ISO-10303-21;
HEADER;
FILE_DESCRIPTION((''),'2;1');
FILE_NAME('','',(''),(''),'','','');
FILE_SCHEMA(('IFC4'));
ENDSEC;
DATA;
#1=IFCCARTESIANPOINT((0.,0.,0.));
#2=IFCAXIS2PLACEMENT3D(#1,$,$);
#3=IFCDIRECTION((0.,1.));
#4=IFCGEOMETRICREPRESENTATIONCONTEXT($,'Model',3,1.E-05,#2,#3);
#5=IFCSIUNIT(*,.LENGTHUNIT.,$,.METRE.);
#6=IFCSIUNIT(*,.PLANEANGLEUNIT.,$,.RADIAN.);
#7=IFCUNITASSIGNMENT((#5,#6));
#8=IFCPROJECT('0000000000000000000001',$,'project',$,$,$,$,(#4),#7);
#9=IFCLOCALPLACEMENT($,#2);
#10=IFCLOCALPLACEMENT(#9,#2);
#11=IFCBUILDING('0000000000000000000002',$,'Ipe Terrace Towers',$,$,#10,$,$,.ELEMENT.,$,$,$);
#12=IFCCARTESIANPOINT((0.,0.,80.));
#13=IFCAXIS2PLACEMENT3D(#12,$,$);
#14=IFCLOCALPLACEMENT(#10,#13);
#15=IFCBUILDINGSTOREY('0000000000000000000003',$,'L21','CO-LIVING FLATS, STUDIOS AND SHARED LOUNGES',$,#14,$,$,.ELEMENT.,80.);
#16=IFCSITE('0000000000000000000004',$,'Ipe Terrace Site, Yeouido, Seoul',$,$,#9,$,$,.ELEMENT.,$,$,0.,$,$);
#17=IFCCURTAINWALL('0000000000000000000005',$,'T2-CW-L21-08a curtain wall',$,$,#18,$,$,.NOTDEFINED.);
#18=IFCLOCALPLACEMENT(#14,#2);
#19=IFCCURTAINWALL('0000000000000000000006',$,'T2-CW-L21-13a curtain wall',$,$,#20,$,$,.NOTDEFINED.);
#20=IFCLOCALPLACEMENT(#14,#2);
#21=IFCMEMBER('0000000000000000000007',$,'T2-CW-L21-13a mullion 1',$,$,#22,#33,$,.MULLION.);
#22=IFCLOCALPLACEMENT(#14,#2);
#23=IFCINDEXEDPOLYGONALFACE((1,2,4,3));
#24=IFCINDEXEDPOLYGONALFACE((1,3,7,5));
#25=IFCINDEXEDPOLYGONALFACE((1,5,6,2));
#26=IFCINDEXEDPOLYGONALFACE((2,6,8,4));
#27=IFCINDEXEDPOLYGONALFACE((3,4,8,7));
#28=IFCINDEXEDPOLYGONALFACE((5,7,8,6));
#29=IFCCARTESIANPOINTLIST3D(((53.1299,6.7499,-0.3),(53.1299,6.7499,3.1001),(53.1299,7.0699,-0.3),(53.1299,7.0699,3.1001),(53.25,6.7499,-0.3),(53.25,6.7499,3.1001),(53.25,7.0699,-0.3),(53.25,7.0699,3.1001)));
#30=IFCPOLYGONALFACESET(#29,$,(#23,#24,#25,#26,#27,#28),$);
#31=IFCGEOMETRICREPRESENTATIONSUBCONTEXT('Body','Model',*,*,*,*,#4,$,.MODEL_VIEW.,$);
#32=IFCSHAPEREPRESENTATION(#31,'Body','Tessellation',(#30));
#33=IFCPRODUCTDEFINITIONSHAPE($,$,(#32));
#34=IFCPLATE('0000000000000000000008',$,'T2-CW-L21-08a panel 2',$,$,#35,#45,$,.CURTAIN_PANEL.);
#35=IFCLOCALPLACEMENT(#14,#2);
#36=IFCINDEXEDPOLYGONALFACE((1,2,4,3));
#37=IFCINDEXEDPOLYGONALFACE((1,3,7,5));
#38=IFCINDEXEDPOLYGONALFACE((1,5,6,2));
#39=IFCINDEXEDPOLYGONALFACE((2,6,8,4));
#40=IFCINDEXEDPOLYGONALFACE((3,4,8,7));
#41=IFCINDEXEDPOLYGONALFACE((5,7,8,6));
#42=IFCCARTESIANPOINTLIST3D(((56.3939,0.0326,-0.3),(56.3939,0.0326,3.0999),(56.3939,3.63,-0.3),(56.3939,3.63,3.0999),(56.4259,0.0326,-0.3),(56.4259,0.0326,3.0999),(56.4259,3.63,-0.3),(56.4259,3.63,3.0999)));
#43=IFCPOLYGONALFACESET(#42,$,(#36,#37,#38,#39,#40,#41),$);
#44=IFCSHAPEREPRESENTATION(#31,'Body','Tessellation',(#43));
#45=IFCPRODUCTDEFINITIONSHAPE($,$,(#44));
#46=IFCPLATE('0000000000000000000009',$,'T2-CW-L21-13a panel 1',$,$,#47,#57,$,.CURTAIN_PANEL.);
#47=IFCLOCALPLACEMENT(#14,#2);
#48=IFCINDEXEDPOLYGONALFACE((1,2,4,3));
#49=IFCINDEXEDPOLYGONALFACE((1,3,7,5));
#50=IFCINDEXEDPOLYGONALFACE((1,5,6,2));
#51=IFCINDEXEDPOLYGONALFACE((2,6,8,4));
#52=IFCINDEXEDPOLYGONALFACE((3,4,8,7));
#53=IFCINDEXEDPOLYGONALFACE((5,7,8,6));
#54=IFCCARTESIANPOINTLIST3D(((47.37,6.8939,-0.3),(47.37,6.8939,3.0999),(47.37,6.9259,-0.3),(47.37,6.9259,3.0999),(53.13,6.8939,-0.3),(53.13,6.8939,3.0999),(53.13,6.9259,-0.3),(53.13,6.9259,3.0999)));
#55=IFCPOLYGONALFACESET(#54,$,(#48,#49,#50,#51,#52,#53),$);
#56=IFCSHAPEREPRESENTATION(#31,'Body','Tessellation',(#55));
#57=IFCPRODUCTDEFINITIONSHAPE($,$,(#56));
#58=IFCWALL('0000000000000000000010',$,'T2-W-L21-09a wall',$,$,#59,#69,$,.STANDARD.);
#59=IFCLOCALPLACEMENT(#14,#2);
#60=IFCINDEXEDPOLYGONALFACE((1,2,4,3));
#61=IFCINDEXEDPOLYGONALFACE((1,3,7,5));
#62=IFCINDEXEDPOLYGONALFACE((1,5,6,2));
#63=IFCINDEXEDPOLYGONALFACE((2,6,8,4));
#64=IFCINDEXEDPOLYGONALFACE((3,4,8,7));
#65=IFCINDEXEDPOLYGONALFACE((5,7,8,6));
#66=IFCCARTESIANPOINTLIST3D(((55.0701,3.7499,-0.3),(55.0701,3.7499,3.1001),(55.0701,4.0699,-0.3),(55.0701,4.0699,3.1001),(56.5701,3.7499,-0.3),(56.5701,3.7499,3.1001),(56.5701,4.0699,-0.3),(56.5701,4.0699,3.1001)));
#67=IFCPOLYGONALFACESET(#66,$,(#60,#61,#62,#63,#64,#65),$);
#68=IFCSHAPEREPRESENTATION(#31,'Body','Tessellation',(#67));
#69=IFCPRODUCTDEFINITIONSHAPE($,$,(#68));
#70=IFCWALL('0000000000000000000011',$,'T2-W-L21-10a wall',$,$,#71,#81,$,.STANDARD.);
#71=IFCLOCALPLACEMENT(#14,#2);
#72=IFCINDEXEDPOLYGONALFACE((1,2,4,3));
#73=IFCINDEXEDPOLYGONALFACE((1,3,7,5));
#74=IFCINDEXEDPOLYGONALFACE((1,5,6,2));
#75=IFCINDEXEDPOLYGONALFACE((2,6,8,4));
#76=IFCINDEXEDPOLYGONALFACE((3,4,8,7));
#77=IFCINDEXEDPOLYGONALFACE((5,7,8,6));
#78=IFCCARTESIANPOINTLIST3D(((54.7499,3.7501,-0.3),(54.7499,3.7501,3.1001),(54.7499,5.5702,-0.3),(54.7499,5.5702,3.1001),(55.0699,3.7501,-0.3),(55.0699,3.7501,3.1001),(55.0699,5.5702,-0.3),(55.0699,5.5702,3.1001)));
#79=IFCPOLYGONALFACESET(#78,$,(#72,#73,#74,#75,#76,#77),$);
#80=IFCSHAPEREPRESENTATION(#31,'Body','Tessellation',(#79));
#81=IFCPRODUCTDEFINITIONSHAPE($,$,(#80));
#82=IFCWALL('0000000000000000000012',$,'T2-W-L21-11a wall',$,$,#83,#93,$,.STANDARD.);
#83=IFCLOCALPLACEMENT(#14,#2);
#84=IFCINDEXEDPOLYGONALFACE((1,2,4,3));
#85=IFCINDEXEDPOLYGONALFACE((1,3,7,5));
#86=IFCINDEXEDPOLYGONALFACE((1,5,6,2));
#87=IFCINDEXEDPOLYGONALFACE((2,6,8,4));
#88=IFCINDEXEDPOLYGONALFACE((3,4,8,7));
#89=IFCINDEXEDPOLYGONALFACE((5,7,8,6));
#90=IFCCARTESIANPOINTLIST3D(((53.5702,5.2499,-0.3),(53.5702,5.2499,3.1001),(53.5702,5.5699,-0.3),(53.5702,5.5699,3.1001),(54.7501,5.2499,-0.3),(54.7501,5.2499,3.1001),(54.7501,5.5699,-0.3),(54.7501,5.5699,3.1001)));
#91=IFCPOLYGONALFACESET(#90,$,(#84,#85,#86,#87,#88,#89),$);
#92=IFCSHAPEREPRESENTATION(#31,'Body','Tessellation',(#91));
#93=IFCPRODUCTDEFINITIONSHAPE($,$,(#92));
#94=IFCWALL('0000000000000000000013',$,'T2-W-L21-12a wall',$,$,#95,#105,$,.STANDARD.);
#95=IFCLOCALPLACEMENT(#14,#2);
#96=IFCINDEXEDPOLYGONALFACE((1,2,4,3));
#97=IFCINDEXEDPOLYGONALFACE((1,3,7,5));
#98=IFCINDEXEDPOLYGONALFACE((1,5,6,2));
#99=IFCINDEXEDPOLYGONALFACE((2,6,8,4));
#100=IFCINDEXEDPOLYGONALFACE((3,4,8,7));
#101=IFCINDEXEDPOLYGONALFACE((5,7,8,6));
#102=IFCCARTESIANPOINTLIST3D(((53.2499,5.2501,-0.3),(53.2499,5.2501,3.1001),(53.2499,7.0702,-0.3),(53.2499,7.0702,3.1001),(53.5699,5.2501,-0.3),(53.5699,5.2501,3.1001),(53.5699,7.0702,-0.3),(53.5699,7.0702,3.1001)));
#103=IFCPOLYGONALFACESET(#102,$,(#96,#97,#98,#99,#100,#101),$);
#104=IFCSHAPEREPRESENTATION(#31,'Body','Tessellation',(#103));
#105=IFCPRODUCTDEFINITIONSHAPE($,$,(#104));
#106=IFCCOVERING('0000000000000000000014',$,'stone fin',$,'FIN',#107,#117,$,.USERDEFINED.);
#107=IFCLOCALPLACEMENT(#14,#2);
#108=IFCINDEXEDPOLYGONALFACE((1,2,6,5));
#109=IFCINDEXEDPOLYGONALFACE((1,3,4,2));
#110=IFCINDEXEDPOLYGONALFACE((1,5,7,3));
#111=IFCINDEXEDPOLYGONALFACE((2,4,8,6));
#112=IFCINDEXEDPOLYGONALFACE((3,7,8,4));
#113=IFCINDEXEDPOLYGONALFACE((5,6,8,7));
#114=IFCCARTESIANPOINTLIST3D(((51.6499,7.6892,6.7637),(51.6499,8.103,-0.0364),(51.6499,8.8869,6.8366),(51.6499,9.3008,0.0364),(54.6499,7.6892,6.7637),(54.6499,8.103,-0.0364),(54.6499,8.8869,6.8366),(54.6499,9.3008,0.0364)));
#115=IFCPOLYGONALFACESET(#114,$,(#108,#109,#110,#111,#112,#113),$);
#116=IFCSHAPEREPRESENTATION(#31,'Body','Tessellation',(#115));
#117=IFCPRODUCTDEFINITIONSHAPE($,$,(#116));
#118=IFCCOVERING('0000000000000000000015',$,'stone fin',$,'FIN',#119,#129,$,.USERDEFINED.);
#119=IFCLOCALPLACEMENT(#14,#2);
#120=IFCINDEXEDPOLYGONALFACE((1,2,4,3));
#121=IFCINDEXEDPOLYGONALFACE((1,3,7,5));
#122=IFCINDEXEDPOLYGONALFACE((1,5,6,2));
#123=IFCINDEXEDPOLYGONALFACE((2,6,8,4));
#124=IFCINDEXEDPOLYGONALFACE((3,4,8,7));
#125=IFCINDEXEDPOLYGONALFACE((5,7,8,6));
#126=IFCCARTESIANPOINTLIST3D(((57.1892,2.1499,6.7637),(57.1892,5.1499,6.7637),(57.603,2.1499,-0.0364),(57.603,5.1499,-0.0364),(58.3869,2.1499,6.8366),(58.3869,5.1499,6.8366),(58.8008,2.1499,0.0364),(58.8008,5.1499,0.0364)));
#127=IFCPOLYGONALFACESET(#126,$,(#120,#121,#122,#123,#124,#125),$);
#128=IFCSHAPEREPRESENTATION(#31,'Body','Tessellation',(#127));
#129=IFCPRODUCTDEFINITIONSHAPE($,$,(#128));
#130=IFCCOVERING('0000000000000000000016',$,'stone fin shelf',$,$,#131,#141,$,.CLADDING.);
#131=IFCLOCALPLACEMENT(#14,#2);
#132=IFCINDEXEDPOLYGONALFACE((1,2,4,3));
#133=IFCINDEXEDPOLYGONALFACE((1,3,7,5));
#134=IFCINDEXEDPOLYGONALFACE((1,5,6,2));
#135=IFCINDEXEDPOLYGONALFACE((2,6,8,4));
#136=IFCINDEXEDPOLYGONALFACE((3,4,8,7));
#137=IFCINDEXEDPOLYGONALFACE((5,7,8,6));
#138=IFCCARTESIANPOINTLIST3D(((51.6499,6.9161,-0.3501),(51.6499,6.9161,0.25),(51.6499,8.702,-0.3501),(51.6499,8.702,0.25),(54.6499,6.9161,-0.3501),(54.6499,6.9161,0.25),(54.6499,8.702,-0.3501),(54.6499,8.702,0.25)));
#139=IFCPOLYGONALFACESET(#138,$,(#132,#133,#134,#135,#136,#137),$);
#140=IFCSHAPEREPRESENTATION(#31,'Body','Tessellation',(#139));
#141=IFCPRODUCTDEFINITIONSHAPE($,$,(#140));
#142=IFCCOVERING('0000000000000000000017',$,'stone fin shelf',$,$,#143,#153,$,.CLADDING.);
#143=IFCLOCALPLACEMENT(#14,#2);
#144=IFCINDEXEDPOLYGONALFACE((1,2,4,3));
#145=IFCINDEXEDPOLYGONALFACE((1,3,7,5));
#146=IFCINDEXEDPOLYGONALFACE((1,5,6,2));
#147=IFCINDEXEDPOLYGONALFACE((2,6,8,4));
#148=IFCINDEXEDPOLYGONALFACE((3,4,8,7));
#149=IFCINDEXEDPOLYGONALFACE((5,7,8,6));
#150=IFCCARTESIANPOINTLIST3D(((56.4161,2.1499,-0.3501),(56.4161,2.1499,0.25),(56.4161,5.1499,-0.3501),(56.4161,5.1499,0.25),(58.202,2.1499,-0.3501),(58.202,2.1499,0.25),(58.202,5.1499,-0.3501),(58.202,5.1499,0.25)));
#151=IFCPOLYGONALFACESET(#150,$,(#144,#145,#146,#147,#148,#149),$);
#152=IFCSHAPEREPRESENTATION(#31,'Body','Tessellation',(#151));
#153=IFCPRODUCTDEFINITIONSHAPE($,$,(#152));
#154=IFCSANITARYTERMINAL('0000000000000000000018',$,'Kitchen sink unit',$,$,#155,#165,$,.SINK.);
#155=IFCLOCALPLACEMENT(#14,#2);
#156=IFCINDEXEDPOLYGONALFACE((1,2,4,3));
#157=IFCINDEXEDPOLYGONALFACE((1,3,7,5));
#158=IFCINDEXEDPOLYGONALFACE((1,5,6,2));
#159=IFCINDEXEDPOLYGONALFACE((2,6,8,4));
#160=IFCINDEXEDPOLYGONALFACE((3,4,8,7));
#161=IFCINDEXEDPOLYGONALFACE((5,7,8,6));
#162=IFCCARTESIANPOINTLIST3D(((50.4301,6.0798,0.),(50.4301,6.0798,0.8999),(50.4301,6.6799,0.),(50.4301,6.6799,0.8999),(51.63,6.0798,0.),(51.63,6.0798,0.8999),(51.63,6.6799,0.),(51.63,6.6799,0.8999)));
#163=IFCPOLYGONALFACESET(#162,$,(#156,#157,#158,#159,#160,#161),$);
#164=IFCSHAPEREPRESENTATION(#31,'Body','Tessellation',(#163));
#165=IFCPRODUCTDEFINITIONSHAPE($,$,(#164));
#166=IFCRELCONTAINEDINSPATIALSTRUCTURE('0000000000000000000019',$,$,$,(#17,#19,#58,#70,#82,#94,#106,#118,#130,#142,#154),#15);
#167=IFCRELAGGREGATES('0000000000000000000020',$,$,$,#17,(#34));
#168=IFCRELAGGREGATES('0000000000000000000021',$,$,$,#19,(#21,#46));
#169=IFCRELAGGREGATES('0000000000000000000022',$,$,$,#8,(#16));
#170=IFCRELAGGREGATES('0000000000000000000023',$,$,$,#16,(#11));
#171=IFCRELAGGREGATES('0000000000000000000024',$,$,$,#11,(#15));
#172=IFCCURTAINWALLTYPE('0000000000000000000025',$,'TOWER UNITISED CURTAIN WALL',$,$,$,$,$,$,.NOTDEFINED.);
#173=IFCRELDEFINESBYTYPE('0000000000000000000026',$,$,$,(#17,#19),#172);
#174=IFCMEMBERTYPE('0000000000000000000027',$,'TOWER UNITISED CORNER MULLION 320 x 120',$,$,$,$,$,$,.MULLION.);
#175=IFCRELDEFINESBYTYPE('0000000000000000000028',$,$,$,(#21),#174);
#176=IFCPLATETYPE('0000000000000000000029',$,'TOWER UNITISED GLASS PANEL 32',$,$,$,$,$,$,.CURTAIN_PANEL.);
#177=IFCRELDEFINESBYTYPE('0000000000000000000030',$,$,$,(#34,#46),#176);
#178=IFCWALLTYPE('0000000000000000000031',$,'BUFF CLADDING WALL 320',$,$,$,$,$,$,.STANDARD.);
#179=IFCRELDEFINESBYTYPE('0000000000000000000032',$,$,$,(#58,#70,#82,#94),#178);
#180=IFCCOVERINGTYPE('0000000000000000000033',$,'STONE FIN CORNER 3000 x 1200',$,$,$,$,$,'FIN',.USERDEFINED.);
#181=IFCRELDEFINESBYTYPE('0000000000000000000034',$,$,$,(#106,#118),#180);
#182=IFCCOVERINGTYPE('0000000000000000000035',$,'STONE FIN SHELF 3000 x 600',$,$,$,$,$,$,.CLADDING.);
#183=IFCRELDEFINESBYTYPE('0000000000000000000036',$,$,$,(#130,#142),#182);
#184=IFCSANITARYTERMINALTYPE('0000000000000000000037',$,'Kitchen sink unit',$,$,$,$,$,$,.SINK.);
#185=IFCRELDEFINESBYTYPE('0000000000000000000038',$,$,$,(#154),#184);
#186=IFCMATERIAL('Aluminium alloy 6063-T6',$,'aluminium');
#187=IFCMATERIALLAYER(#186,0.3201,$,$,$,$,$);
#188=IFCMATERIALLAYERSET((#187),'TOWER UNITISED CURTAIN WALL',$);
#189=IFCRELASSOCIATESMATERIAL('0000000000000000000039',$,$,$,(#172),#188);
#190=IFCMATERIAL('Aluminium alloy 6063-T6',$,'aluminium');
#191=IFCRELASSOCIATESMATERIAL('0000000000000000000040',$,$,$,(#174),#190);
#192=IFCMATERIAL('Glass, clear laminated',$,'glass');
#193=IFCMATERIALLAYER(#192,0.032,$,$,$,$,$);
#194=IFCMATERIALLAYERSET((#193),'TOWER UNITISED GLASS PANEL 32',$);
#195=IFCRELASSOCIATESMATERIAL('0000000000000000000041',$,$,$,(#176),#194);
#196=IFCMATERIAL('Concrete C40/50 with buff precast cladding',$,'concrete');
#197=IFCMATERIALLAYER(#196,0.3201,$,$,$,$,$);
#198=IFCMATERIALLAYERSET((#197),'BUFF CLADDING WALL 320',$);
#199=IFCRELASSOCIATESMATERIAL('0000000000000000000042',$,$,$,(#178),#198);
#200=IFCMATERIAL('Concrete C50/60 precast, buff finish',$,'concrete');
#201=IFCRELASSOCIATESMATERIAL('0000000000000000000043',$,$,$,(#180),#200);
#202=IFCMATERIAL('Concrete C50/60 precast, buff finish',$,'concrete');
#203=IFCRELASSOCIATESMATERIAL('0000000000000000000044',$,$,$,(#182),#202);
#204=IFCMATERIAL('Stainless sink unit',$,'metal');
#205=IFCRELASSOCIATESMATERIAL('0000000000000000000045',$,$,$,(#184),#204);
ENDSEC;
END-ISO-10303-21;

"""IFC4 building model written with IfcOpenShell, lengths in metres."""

from ifc_helpers import new_model, si_unit, direction, frame, frame_2d, origin, origin_2d, place, context, subcontext, project, spatial, rectangle, extrude, material, layer, layer_set, material_profile, profile_set, type_object, element, aggregate, save


model = new_model("IFC4")

# Units and contexts
model_context = context("Model", 3, precision=1e-05, world=origin(), true_north=direction((0.0, 1.0)))
body_context = subcontext(model_context, "Body", "Model", "MODEL_VIEW")
ifc_project = project(units=[si_unit("LENGTHUNIT", "METRE"), si_unit("PLANEANGLEUNIT", "RADIAN")], contexts=[model_context])

# Site, building, storey
site_placement = place(None, origin())
site = spatial("IfcSite", under=ifc_project, at=site_placement, Name="Ipe Terrace Site, Yeouido, Seoul", CompositionType="ELEMENT", RefElevation=0.0)
building_placement = place(site_placement, origin())
building = spatial("IfcBuilding", under=site, at=building_placement, Name="Ipe Terrace Towers", CompositionType="ELEMENT")
storey_placement = place(building_placement, frame((0.0, 0.0, 80.0)))
storey = spatial("IfcBuildingStorey", under=building, at=storey_placement, Name="L21", Description="CO-LIVING FLATS, STUDIOS AND SHARED LOUNGES", CompositionType="ELEMENT", Elevation=80.0)

# Curtain walls, member
ifc_material_1 = material(Name="Aluminium alloy 6063-T6", Category="aluminium")
ifc_layer_1 = layer(ifc_material_1, 0.3201)
ifc_layer_set_1 = layer_set([ifc_layer_1], Name="TOWER UNITISED CURTAIN WALL")
curtain_wall_type = type_object("IfcCurtainWallType", Name="TOWER UNITISED CURTAIN WALL", PredefinedType="NOTDEFINED", material=ifc_layer_set_1)
curtain_wall_1_placement = place(storey_placement, origin())
curtain_wall_1 = element("IfcCurtainWall", 1, at=curtain_wall_1_placement, inside=storey, type_object=curtain_wall_type, Name="T2-CW-L21-08a curtain wall", PredefinedType="NOTDEFINED")
ifc_material_2 = material(Name="Aluminium alloy 6063-T6", Category="aluminium")
ifc_material_profile_1 = material_profile(ifc_material_2, rectangle(XDim=0.3201, YDim=0.1201, at=origin_2d()), Name="TOWER UNITISED CORNER MULLION 320 x 120")
ifc_profile_set_1 = profile_set([ifc_material_profile_1], Name="Aluminium alloy 6063-T6")
member_type = type_object("IfcMemberType", Name="TOWER UNITISED CORNER MULLION 320 x 120", PredefinedType="MULLION", material=ifc_profile_set_1)
curtain_wall_2_placement = place(storey_placement, origin())
curtain_wall_2 = element("IfcCurtainWall", 2, at=curtain_wall_2_placement, inside=storey, type_object=curtain_wall_type, Name="T2-CW-L21-13a curtain wall", PredefinedType="NOTDEFINED")
member_1_placement = place(storey_placement, frame((53.1899, 6.9099, -0.3), z_axis=(0.0, 0.0, 1.0), x_axis=(0.0, 1.0, 0.0)))
member_1 = element("IfcMember", 3, at=member_1_placement, type_object=member_type, Name="T2-CW-L21-13a mullion 1", PredefinedType="MULLION", context=body_context, shape_type="SweptSolid", body=[
    extrude(rectangle(XDim=0.3201, YDim=0.1201, at=origin_2d()), origin(), (0.0, 0.0, 1.0), 3.4001),
])

# Plates
ifc_material_3 = material(Name="Glass, clear laminated", Category="glass")
ifc_layer_2 = layer(ifc_material_3, 0.032)
ifc_layer_set_2 = layer_set([ifc_layer_2], Name="TOWER UNITISED GLASS PANEL 32")
plate_type = type_object("IfcPlateType", Name="TOWER UNITISED GLASS PANEL 32", PredefinedType="CURTAIN_PANEL", material=ifc_layer_set_2)
plate_1_placement = place(storey_placement, frame((56.4099, 1.8313, -0.3), z_axis=(0.0, 0.0, 1.0), x_axis=(0.0, 1.0, 0.0)))
plate_1 = element("IfcPlate", 4, at=plate_1_placement, type_object=plate_type, Name="T2-CW-L21-08a panel 2", PredefinedType="CURTAIN_PANEL", context=body_context, shape_type="SweptSolid", body=[
    extrude(rectangle(XDim=3.5974, YDim=0.032, at=origin_2d()), origin(), (0.0, 0.0, 1.0), 3.3999),
])
aggregate(curtain_wall_1, [plate_1])
plate_2_placement = place(storey_placement, frame((50.25, 6.9099, -0.3), z_axis=(0.0, 0.0, 1.0), x_axis=(-1.0, 0.0, 0.0)))
plate_2 = element("IfcPlate", 5, at=plate_2_placement, type_object=plate_type, Name="T2-CW-L21-13a panel 1", PredefinedType="CURTAIN_PANEL", context=body_context, shape_type="SweptSolid", body=[
    extrude(rectangle(XDim=5.76, YDim=0.032, at=origin_2d()), origin(), (0.0, 0.0, 1.0), 3.3999),
])
aggregate(curtain_wall_2, [member_1, plate_2])

# Walls
ifc_material_4 = material(Name="Concrete C40/50 with buff precast cladding", Category="concrete")
ifc_layer_3 = layer(ifc_material_4, 0.3201)
ifc_layer_set_3 = layer_set([ifc_layer_3], Name="BUFF CLADDING WALL 320")
wall_type = type_object("IfcWallType", Name="BUFF CLADDING WALL 320", PredefinedType="STANDARD", material=ifc_layer_set_3)
wall_1_placement = place(storey_placement, frame((56.5701, 3.9099, -0.3), z_axis=(0.0, 0.0, 1.0), x_axis=(-1.0, 0.0, 0.0)))
element("IfcWall", 6, at=wall_1_placement, inside=storey, type_object=wall_type, Name="T2-W-L21-09a wall", PredefinedType="STANDARD", context=body_context, shape_type="SweptSolid", body=[
    extrude(rectangle(XDim=1.5, YDim=0.3201, at=frame_2d((0.75, 0.0))), origin(), (0.0, 0.0, 1.0), 3.4001),
])
wall_2_placement = place(storey_placement, frame((54.9099, 3.75, -0.3), z_axis=(0.0, 0.0, 1.0), x_axis=(0.0, 1.0, 0.0)))
element("IfcWall", 7, at=wall_2_placement, inside=storey, type_object=wall_type, Name="T2-W-L21-10a wall", PredefinedType="STANDARD", context=body_context, shape_type="SweptSolid", body=[
    extrude(rectangle(XDim=1.8201, YDim=0.3201, at=frame_2d((0.9102, 0.0))), origin(), (0.0, 0.0, 1.0), 3.4001),
])
wall_3_placement = place(storey_placement, frame((54.75, 5.4099, -0.3), z_axis=(0.0, 0.0, 1.0), x_axis=(-1.0, 0.0, 0.0)))
element("IfcWall", 8, at=wall_3_placement, inside=storey, type_object=wall_type, Name="T2-W-L21-11a wall", PredefinedType="STANDARD", context=body_context, shape_type="SweptSolid", body=[
    extrude(rectangle(XDim=1.1799, YDim=0.3201, at=frame_2d((0.5898, 0.0))), origin(), (0.0, 0.0, 1.0), 3.4001),
])
wall_4_placement = place(storey_placement, frame((53.4099, 5.25, -0.3), z_axis=(0.0, 0.0, 1.0), x_axis=(0.0, 1.0, 0.0)))
element("IfcWall", 9, at=wall_4_placement, inside=storey, type_object=wall_type, Name="T2-W-L21-12a wall", PredefinedType="STANDARD", context=body_context, shape_type="SweptSolid", body=[
    extrude(rectangle(XDim=1.8201, YDim=0.3201, at=frame_2d((0.9102, 0.0))), origin(), (0.0, 0.0, 1.0), 3.4001),
])

# Coverings
ifc_material_5 = material(Name="Concrete C50/60 precast, buff finish", Category="concrete")
ifc_material_profile_2 = material_profile(ifc_material_5, rectangle(XDim=3.0, YDim=1.2, at=origin_2d()), Name="STONE FIN CORNER 3000 x 1200")
ifc_profile_set_2 = profile_set([ifc_material_profile_2], Name="Concrete C50/60 precast, buff finish")
covering_type_1 = type_object("IfcCoveringType", Name="STONE FIN CORNER 3000 x 1200", ElementType="FIN", PredefinedType="USERDEFINED", material=ifc_profile_set_2)
for number, where, z_axis, x_axis, name in (
    (10, (53.1499, 8.7019, 0.0), (0.0, -0.060743, 0.998153), (-1.0, 0.0, 0.0), "stone fin"),
    (11, (58.2019, 3.6499, 0.0), (-0.060743, 0.0, 0.998153), (0.0, 1.0, 0.0), "stone fin"),
):
    element("IfcCovering", number, at=place(storey_placement, frame(where, z_axis=z_axis, x_axis=x_axis)), inside=storey, type_object=covering_type_1, Name=name, ObjectType="FIN", PredefinedType="USERDEFINED", context=body_context, shape_type="SweptSolid", body=[
        extrude(rectangle(XDim=3.0, YDim=1.2, at=origin_2d()), origin(), (0.0, 0.0, 1.0), 6.8127),
    ])
ifc_material_6 = material(Name="Concrete C50/60 precast, buff finish", Category="concrete")
covering_type_2 = type_object("IfcCoveringType", Name="STONE FIN SHELF 3000 x 600", PredefinedType="CLADDING", material=ifc_material_6)
for number, where, z_axis, x_axis, name in (
    (12, (53.1499, 7.8091, -0.3501), (0.0, 0.0, 1.0), (-1.0, 0.0, 0.0), "stone fin shelf"),
    (13, (57.3091, 3.6499, -0.3501), (0.0, 0.0, 1.0), (0.0, 1.0, 0.0), "stone fin shelf"),
):
    element("IfcCovering", number, at=place(storey_placement, frame(where, z_axis=z_axis, x_axis=x_axis)), inside=storey, type_object=covering_type_2, Name=name, PredefinedType="CLADDING", context=body_context, shape_type="SweptSolid", body=[
        extrude(rectangle(XDim=3.0, YDim=1.7859, at=origin_2d()), origin(), (0.0, 0.0, 1.0), 0.6001),
    ])

# Sanitary terminal
ifc_material_7 = material(Name="Stainless sink unit", Category="metal")
sanitary_terminal_type = type_object("IfcSanitaryTerminalType", Name="Kitchen sink unit", PredefinedType="SINK", material=ifc_material_7)
sanitary_terminal_placement = place(storey_placement, frame((51.03, 6.3799, 0.0), z_axis=(0.0, 0.0, 1.0), x_axis=(1.0, 0.0, 0.0)))
element("IfcSanitaryTerminal", 14, at=sanitary_terminal_placement, inside=storey, type_object=sanitary_terminal_type, Name="Kitchen sink unit", PredefinedType="SINK", context=body_context, shape_type="SweptSolid", body=[
    extrude(rectangle(XDim=1.2, YDim=0.6001, at=origin_2d()), origin(), (0.0, 0.0, 1.0), 0.8999),
])

save(model, "model.ifc")
